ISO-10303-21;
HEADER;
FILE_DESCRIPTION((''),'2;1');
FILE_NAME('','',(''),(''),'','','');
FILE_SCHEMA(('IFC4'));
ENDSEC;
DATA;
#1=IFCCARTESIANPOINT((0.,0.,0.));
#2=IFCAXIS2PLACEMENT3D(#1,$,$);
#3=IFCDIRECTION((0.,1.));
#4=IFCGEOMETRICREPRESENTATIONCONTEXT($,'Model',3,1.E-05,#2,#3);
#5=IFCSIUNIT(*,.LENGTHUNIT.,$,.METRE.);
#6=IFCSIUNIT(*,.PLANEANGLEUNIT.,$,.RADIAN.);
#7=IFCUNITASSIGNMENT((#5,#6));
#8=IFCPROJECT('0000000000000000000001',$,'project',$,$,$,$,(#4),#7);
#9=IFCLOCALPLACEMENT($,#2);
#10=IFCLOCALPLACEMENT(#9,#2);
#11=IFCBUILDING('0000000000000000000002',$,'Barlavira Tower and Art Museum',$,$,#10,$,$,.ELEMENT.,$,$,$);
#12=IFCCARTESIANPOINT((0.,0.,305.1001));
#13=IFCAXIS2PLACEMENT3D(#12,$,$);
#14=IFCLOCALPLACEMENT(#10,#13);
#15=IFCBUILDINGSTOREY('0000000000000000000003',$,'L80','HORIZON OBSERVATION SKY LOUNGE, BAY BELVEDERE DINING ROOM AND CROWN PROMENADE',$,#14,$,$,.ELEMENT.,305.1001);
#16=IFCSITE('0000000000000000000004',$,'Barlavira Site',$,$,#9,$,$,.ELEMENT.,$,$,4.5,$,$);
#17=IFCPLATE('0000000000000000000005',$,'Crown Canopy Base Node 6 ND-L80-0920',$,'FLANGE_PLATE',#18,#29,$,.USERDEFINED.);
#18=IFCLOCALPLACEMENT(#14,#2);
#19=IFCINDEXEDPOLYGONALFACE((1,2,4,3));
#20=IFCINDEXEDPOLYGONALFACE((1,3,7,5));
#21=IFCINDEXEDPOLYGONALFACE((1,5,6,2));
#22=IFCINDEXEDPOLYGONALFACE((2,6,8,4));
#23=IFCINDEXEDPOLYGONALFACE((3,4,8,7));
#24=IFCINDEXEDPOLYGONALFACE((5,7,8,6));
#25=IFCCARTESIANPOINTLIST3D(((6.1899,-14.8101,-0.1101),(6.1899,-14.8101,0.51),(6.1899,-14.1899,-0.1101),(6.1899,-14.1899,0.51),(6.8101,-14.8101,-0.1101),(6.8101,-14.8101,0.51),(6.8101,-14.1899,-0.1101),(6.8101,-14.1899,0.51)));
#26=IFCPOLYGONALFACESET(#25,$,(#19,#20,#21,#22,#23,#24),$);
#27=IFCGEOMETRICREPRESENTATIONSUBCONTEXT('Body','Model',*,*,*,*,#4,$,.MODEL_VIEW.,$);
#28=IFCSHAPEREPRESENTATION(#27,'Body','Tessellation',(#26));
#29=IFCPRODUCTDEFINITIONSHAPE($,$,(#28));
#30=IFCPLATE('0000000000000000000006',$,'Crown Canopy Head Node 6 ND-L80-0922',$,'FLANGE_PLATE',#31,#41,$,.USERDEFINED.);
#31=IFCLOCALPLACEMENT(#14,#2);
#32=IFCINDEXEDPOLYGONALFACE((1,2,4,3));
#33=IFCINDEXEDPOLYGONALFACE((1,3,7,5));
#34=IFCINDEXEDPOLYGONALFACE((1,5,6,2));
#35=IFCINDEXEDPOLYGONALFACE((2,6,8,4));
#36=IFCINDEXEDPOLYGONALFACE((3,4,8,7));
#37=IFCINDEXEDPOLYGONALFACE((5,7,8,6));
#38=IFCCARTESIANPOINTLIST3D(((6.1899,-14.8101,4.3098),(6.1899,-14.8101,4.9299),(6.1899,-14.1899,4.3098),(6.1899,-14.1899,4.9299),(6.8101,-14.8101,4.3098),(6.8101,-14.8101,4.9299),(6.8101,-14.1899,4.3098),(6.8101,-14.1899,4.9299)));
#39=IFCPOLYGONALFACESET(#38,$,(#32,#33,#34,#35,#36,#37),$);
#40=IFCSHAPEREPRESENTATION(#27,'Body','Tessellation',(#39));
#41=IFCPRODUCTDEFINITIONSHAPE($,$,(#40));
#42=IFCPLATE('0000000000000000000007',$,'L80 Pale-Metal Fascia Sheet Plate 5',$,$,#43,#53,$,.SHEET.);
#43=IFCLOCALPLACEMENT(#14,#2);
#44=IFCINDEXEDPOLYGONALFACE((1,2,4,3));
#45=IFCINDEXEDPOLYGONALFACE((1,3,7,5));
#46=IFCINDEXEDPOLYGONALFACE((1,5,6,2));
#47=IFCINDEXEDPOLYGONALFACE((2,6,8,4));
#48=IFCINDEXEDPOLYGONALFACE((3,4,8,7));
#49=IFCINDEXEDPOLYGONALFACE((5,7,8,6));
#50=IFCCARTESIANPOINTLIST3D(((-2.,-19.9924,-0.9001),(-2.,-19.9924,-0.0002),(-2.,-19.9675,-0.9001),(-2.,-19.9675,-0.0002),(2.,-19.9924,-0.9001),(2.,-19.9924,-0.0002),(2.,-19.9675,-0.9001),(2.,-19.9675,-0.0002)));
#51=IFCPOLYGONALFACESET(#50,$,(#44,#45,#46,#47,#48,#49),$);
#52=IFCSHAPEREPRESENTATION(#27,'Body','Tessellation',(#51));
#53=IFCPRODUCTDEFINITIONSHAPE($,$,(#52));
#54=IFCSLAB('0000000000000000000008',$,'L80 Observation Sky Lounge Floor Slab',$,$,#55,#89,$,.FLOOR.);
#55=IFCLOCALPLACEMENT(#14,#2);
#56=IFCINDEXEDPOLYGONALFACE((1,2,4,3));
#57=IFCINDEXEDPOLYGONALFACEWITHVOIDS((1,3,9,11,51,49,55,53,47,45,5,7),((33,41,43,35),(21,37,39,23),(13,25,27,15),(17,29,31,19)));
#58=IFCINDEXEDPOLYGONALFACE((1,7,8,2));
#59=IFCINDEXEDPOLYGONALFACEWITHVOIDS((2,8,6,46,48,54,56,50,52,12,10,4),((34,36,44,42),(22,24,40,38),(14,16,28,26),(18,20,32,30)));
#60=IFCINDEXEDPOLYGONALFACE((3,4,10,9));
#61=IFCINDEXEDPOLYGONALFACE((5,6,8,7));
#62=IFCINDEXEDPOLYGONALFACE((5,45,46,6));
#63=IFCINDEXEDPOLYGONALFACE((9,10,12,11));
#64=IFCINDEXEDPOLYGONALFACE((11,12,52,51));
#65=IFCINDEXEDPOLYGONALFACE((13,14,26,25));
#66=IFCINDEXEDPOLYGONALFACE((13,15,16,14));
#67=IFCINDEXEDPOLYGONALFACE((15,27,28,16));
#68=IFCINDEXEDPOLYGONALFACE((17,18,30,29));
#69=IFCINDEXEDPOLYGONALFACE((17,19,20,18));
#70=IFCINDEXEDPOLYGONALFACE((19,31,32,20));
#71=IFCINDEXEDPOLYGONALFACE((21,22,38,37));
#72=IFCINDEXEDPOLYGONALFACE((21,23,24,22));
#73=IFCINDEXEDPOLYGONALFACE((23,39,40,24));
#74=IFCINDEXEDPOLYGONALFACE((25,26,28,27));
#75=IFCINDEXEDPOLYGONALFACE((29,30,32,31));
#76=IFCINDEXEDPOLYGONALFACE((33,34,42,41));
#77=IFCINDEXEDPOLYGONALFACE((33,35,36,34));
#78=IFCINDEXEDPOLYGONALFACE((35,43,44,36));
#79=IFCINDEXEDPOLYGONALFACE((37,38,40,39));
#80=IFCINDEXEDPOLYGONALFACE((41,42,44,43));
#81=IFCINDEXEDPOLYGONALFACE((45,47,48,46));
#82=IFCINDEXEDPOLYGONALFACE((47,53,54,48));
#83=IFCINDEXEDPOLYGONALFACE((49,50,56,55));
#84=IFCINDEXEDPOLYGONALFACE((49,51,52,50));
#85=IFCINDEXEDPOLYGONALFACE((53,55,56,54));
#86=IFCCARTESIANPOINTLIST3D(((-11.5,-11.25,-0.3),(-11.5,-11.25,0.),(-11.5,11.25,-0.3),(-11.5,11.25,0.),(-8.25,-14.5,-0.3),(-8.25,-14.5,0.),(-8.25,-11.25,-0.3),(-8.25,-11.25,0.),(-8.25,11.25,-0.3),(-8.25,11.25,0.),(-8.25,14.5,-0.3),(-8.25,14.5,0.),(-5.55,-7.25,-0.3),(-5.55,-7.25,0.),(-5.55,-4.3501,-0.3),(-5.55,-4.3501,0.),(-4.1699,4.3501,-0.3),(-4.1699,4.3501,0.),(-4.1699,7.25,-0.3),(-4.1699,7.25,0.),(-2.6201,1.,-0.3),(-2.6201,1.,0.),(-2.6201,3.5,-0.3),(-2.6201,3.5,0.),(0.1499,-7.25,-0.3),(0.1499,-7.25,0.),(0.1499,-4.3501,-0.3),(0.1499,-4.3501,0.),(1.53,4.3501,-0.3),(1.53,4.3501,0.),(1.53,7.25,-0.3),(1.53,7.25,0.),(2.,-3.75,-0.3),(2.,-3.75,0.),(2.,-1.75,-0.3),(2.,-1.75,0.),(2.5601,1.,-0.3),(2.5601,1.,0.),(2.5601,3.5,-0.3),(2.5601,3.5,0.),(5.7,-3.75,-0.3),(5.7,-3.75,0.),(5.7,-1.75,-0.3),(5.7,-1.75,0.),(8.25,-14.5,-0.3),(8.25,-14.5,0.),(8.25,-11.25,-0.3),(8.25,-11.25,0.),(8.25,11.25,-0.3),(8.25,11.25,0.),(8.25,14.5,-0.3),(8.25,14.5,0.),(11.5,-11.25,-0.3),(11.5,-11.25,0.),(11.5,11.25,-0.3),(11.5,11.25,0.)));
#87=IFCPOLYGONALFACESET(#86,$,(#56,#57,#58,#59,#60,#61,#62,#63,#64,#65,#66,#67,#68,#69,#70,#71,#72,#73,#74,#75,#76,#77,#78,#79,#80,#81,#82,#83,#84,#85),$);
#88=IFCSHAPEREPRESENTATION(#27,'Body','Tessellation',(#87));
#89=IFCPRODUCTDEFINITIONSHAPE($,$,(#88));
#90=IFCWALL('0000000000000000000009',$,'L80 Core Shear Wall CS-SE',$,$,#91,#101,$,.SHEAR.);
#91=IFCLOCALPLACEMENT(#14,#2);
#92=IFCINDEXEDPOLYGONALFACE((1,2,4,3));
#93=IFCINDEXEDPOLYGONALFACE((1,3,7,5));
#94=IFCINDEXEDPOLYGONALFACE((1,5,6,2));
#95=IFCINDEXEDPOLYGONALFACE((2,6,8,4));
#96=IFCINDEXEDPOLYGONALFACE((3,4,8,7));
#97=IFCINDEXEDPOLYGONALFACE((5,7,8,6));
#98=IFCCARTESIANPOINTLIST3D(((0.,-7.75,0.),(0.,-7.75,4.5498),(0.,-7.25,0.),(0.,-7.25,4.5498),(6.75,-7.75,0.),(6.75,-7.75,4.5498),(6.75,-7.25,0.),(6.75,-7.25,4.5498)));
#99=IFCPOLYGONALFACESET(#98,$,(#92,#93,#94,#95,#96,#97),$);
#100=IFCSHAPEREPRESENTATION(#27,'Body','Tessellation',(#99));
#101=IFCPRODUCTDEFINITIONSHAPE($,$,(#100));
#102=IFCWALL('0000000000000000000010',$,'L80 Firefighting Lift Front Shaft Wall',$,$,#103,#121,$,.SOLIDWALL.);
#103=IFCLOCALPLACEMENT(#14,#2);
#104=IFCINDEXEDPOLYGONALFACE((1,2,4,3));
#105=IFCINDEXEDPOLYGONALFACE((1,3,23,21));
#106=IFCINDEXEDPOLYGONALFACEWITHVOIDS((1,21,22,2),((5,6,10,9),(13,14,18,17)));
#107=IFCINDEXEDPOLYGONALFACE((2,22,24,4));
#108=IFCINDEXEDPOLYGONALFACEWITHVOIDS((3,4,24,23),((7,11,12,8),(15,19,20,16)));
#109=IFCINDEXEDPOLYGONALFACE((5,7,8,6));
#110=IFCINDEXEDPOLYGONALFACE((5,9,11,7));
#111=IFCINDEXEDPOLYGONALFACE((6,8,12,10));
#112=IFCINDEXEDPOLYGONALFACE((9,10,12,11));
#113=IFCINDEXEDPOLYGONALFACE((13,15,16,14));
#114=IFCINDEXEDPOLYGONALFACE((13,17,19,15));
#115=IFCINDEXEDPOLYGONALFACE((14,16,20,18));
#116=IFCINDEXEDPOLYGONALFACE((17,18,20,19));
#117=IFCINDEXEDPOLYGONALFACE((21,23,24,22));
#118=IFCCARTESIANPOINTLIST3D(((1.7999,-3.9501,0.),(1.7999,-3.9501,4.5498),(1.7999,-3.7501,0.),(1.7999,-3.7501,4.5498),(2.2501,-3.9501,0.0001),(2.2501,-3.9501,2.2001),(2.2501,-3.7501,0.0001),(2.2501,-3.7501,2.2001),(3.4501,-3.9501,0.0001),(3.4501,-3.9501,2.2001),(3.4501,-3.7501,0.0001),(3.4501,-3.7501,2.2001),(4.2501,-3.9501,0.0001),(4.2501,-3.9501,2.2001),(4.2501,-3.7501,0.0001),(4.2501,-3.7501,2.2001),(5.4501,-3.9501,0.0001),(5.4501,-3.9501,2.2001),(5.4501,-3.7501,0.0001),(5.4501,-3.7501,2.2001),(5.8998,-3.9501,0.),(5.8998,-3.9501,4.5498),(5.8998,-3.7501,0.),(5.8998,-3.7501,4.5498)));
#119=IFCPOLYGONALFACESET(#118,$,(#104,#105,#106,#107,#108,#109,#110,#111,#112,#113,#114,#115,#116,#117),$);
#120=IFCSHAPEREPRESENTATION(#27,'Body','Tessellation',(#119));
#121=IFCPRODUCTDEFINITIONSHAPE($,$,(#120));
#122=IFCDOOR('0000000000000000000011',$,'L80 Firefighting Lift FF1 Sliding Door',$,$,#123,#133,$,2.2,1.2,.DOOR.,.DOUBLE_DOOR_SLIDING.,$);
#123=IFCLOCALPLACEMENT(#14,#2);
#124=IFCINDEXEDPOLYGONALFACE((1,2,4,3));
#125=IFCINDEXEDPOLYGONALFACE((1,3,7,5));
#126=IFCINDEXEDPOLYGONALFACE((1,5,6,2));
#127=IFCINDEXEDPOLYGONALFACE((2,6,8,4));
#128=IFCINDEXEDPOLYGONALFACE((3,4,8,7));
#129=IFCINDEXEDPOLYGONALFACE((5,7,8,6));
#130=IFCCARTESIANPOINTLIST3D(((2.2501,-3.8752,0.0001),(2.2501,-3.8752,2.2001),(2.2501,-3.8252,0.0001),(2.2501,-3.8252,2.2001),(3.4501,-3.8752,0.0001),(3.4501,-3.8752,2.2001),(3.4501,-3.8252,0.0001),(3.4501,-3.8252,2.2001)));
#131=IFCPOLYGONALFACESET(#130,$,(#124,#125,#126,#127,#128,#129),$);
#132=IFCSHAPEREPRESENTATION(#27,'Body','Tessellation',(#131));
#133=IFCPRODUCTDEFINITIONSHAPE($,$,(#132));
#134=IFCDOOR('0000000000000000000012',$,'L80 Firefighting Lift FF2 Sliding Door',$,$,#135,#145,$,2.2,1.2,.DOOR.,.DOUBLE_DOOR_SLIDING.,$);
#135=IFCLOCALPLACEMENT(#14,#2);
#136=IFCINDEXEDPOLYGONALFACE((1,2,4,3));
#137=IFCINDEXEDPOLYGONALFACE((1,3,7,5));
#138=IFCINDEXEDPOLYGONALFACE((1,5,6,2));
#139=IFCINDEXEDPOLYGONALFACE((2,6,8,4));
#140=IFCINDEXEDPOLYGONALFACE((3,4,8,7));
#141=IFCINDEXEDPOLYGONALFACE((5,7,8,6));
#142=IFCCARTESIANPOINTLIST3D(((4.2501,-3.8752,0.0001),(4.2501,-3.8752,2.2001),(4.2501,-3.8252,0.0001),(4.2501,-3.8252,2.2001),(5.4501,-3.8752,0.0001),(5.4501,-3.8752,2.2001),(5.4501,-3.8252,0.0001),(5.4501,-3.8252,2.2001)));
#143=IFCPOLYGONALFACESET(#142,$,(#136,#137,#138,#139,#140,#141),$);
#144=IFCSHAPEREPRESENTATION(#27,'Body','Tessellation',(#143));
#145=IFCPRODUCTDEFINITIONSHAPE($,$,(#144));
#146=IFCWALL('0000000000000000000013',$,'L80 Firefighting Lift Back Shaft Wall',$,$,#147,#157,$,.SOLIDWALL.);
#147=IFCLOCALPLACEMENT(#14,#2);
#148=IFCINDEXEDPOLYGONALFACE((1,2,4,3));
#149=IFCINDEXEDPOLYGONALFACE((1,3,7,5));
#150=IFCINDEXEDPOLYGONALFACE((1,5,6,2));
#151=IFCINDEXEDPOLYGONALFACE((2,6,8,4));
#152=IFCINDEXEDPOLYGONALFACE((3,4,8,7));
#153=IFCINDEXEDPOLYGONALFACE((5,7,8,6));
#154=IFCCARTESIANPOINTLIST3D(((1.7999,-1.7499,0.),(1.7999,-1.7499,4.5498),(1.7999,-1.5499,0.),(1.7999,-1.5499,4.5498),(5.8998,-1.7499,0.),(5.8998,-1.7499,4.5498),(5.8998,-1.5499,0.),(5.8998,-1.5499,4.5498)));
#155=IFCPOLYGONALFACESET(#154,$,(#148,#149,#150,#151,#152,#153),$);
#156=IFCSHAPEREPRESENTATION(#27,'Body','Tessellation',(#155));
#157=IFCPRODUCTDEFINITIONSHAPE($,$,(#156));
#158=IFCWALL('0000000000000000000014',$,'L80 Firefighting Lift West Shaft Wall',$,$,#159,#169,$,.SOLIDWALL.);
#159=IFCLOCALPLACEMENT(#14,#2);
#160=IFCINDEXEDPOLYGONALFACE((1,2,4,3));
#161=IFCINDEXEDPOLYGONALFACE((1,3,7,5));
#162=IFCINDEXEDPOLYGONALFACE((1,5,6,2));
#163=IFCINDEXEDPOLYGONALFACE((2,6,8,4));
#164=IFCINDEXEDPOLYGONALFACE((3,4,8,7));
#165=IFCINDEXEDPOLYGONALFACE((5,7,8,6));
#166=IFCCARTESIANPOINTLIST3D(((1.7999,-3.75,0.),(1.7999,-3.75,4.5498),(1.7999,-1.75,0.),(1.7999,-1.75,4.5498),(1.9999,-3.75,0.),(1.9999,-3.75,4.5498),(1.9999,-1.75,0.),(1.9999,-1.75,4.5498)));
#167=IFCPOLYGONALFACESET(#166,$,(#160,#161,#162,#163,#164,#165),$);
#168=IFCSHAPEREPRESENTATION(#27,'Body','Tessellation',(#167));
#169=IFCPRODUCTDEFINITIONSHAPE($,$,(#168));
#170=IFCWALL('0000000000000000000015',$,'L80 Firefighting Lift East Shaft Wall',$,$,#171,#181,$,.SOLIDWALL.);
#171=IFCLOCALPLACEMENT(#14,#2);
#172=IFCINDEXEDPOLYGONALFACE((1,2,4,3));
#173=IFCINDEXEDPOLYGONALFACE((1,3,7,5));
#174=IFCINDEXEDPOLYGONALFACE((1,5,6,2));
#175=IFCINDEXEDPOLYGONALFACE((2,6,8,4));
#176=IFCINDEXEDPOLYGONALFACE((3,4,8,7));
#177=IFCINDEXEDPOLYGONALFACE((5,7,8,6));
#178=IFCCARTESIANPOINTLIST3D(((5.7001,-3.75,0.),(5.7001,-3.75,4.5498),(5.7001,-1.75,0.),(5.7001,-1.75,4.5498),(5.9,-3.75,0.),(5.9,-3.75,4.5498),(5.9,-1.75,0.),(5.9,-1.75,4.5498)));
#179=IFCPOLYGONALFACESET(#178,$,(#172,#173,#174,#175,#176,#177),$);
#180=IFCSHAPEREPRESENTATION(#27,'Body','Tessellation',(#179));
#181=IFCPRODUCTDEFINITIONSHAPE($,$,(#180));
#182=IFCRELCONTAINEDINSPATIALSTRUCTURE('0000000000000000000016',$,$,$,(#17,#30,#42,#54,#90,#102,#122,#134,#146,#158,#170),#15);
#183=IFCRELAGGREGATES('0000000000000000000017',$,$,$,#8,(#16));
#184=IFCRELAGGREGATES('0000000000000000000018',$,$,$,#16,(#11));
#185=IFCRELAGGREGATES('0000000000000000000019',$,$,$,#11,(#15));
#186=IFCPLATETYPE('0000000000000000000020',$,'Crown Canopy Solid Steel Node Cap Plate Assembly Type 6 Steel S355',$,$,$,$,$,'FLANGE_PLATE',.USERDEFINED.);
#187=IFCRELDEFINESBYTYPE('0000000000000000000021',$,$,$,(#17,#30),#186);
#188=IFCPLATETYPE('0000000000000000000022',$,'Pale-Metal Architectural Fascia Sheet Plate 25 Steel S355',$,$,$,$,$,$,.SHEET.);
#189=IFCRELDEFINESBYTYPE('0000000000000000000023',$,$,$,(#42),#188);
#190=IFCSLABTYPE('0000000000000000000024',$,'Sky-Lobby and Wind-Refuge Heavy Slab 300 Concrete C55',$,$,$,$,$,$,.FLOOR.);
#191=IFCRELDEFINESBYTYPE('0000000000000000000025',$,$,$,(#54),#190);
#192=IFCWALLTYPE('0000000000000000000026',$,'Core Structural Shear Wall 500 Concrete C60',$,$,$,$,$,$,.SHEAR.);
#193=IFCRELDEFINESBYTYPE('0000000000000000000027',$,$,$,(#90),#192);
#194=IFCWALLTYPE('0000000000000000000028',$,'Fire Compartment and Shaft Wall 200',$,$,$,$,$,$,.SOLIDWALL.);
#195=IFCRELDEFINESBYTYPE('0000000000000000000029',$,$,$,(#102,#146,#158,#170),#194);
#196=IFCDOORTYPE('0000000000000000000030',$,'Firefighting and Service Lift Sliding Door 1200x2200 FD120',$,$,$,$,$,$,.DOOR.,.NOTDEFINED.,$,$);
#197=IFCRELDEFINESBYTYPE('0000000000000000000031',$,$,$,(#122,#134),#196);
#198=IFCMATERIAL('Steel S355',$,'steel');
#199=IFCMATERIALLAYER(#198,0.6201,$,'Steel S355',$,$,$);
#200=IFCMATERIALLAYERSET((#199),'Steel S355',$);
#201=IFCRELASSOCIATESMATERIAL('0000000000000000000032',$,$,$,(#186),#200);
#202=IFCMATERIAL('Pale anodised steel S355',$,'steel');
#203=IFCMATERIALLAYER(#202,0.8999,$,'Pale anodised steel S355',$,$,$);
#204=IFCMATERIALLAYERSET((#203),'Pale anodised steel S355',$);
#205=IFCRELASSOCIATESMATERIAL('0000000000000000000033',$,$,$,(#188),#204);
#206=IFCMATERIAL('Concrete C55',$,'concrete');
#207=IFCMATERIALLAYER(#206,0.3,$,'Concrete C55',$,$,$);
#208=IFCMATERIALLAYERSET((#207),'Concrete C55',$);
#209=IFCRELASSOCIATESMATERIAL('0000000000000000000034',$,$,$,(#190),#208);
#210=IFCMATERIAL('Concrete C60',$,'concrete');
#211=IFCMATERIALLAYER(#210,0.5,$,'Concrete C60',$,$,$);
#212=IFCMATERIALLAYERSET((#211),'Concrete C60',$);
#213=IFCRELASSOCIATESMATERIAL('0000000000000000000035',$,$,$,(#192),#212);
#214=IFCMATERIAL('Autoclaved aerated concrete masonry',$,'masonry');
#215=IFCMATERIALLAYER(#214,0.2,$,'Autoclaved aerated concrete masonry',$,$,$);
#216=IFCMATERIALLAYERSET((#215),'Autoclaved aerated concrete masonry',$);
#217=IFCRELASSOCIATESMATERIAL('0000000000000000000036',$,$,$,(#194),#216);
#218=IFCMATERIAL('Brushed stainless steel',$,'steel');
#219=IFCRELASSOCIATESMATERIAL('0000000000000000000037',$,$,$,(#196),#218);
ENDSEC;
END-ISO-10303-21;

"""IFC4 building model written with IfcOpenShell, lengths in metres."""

from ifc_helpers import new_model, si_unit, direction, frame, frame_2d, origin, origin_2d, place, context, subcontext, project, spatial, polyline, rectangle, outline, extrude, material, layer, layer_set, type_object, element, fill, save


model = new_model("IFC4")

# Units and contexts
model_context = context("Model", 3, precision=1e-05, world=origin(), true_north=direction((0.0, 1.0)))
body_context = subcontext(model_context, "Body", "Model", "MODEL_VIEW")
ifc_project = project(units=[si_unit("LENGTHUNIT", "METRE"), si_unit("PLANEANGLEUNIT", "RADIAN")], contexts=[model_context])

# Site, building, storey
site_placement = place(None, origin())
site = spatial("IfcSite", under=ifc_project, at=site_placement, Name="Barlavira Site", CompositionType="ELEMENT", RefElevation=4.5)
building_placement = place(site_placement, origin())
building = spatial("IfcBuilding", under=site, at=building_placement, Name="Barlavira Tower and Art Museum", CompositionType="ELEMENT")
storey_placement = place(building_placement, frame((0.0, 0.0, 305.1001)))
storey = spatial("IfcBuildingStorey", under=building, at=storey_placement, Name="L80", Description="HORIZON OBSERVATION SKY LOUNGE, BAY BELVEDERE DINING ROOM AND CROWN PROMENADE", CompositionType="ELEMENT", Elevation=305.1001)

# Shared definitions
ifc_material_1 = material(Name="Steel S355", Category="steel")

# Plates
ifc_layer_1 = layer(ifc_material_1, 0.6201, Name="Steel S355")
ifc_layer_set_1 = layer_set([ifc_layer_1], Name="Steel S355")
plate_type_1 = type_object("IfcPlateType", Name="Crown Canopy Solid Steel Node Cap Plate Assembly Type 6 Steel S355", ElementType="FLANGE_PLATE", PredefinedType="USERDEFINED", material=ifc_layer_set_1)
for number, where, z_axis, x_axis, name in (
    (1, (6.5, -14.5, -0.1101), (0.0, 0.0, 1.0), (1.0, 0.0, 0.0), "Crown Canopy Base Node 6 ND-L80-0920"),
    (2, (6.5, -14.5, 4.3098), (0.0, 0.0, 1.0), (1.0, 0.0, 0.0), "Crown Canopy Head Node 6 ND-L80-0922"),
):
    element("IfcPlate", number, at=place(storey_placement, frame(where, z_axis=z_axis, x_axis=x_axis)), inside=storey, type_object=plate_type_1, Name=name, ObjectType="FLANGE_PLATE", PredefinedType="USERDEFINED", context=body_context, shape_type="SweptSolid", body=[
        extrude(rectangle(XDim=0.6201, YDim=0.6201, at=origin_2d()), origin(), (0.0, 0.0, 1.0), 0.6201),
    ])
ifc_material_2 = material(Name="Pale anodised steel S355", Category="steel")
ifc_layer_2 = layer(ifc_material_2, 0.8999, Name="Pale anodised steel S355")
ifc_layer_set_2 = layer_set([ifc_layer_2], Name="Pale anodised steel S355")
plate_type_2 = type_object("IfcPlateType", Name="Pale-Metal Architectural Fascia Sheet Plate 25 Steel S355", PredefinedType="SHEET", material=ifc_layer_set_2)
plate_placement = place(storey_placement, frame((0.0, -19.98, -0.9001), z_axis=(0.0, 0.0, 1.0), x_axis=(1.0, 0.0, 0.0)))
element("IfcPlate", 3, at=plate_placement, inside=storey, type_object=plate_type_2, Name="L80 Pale-Metal Fascia Sheet Plate 5", PredefinedType="SHEET", context=body_context, shape_type="SweptSolid", body=[
    extrude(rectangle(XDim=4.0, YDim=0.0249, at=origin_2d()), origin(), (0.0, 0.0, 1.0), 0.8999),
])

# Slab
ifc_material_3 = material(Name="Concrete C55", Category="concrete")
ifc_layer_3 = layer(ifc_material_3, 0.3, Name="Concrete C55")
ifc_layer_set_3 = layer_set([ifc_layer_3], Name="Concrete C55")
slab_type = type_object("IfcSlabType", Name="Sky-Lobby and Wind-Refuge Heavy Slab 300 Concrete C55", PredefinedType="FLOOR", material=ifc_layer_set_3)
slab_placement = place(storey_placement, frame((0.0, 0.0, -0.3)))
element("IfcSlab", 4, at=slab_placement, inside=storey, type_object=slab_type, Name="L80 Observation Sky Lounge Floor Slab", PredefinedType="FLOOR", context=body_context, shape_type="SweptSolid", body=[
    extrude(outline(polyline([(-8.25, -14.5), (8.25, -14.5), (8.25, -11.25), (11.5, -11.25), (11.5, 11.25), (8.25, 11.25), (8.25, 14.5), (-8.25, 14.5), (-8.25, 11.25), (-11.5, 11.25), (-11.5, -11.25), (-8.25, -11.25), (-8.25, -14.5)]), holes=[polyline([(0.1499, -4.3501), (-5.55, -4.3501), (-5.55, -7.25), (0.1499, -7.25), (0.1499, -4.3501)]), polyline([(-4.1699, 4.3501), (1.53, 4.3501), (1.53, 7.25), (-4.1699, 7.25), (-4.1699, 4.3501)]), polyline([(-2.6201, 1.0), (2.5601, 1.0), (2.5601, 3.5), (-2.6201, 3.5), (-2.6201, 1.0)]), polyline([(2.0, -3.75), (5.7, -3.75), (5.7, -1.75), (2.0, -1.75), (2.0, -3.75)])]), origin(), (0.0, 0.0, 1.0), 0.3),
])

# Wall
ifc_material_4 = material(Name="Concrete C60", Category="concrete")
ifc_layer_4 = layer(ifc_material_4, 0.5, Name="Concrete C60")
ifc_layer_set_4 = layer_set([ifc_layer_4], Name="Concrete C60")
wall_type_1 = type_object("IfcWallType", Name="Core Structural Shear Wall 500 Concrete C60", PredefinedType="SHEAR", material=ifc_layer_set_4)
wall_1_placement = place(storey_placement, frame((0.0, -7.5, 0.0), z_axis=(0.0, 0.0, 1.0), x_axis=(1.0, 0.0, 0.0)))
element("IfcWall", 5, at=wall_1_placement, inside=storey, type_object=wall_type_1, Name="L80 Core Shear Wall CS-SE", PredefinedType="SHEAR", context=body_context, shape_type="SweptSolid", body=[
    extrude(rectangle(XDim=6.75, YDim=0.5, at=frame_2d((3.375, 0.0))), origin(), (0.0, 0.0, 1.0), 4.5498),
])

# Shared definitions
ifc_material_5 = material(Name="Brushed stainless steel", Category="steel")

# Wall, openings, doors
ifc_material_6 = material(Name="Autoclaved aerated concrete masonry", Category="masonry")
ifc_layer_5 = layer(ifc_material_6, 0.2, Name="Autoclaved aerated concrete masonry")
ifc_layer_set_5 = layer_set([ifc_layer_5], Name="Autoclaved aerated concrete masonry")
wall_type_2 = type_object("IfcWallType", Name="Fire Compartment and Shaft Wall 200", PredefinedType="SOLIDWALL", material=ifc_layer_set_5)
wall_2_placement = place(storey_placement, frame((1.8, -3.8501, 0.0), z_axis=(0.0, 0.0, 1.0), x_axis=(1.0, 0.0, 0.0)))
wall_2 = element("IfcWall", 6, at=wall_2_placement, inside=storey, type_object=wall_type_2, Name="L80 Firefighting Lift Front Shaft Wall", PredefinedType="SOLIDWALL", context=body_context, shape_type="SweptSolid", body=[
    extrude(rectangle(XDim=4.0999, YDim=0.2, at=frame_2d((2.0498, 0.0))), origin(), (0.0, 0.0, 1.0), 4.5498),
])
opening_1_placement = place(wall_2_placement, frame((0.45, 0.0, 0.0)))
opening_1 = element("IfcOpeningElement", 7, at=opening_1_placement, cuts=wall_2, PredefinedType="OPENING", context=body_context, shape_type="SweptSolid", body=[
    extrude(rectangle(XDim=1.2, YDim=2.2, at=frame_2d((0.6001, 1.1001))), frame((0.0, 0.1099, 0.0), z_axis=(0.0, -1.0, 0.0), x_axis=(1.0, 0.0, 0.0)), (0.0, 0.0, 1.0), 0.22),
])
opening_2_placement = place(wall_2_placement, frame((2.45, 0.0, 0.0)))
opening_2 = element("IfcOpeningElement", 8, at=opening_2_placement, cuts=wall_2, PredefinedType="OPENING", context=body_context, shape_type="SweptSolid", body=[
    extrude(rectangle(XDim=1.2, YDim=2.2, at=frame_2d((0.6001, 1.1001))), frame((0.0, 0.1099, 0.0), z_axis=(0.0, -1.0, 0.0), x_axis=(1.0, 0.0, 0.0)), (0.0, 0.0, 1.0), 0.22),
])
door_type_1 = type_object("IfcDoorType", Name="Firefighting and Service Lift Sliding Door 1200x2200 FD120", OperationType="NOTDEFINED", PredefinedType="DOOR", material=ifc_material_5)
door_1_placement = place(opening_1_placement, origin())
door_1 = element("IfcDoor", 9, at=door_1_placement, inside=storey, type_object=door_type_1, Name="L80 Firefighting Lift FF1 Sliding Door", OperationType="DOUBLE_DOOR_SLIDING", OverallHeight=2.2, OverallWidth=1.2, PredefinedType="DOOR", context=body_context, shape_type="SweptSolid", body=[
    extrude(rectangle(XDim=1.2, YDim=2.2, at=frame_2d((0.6001, 1.1001))), frame((0.0, 0.0249, 0.0), z_axis=(0.0, -1.0, 0.0), x_axis=(1.0, 0.0, 0.0)), (0.0, 0.0, 1.0), 0.05),
])
fill(opening_1, door_1)
door_2_placement = place(opening_2_placement, origin())
door_2 = element("IfcDoor", 10, at=door_2_placement, inside=storey, type_object=door_type_1, Name="L80 Firefighting Lift FF2 Sliding Door", OperationType="DOUBLE_DOOR_SLIDING", OverallHeight=2.2, OverallWidth=1.2, PredefinedType="DOOR", context=body_context, shape_type="SweptSolid", body=[
    extrude(rectangle(XDim=1.2, YDim=2.2, at=frame_2d((0.6001, 1.1001))), frame((0.0, 0.0249, 0.0), z_axis=(0.0, -1.0, 0.0), x_axis=(1.0, 0.0, 0.0)), (0.0, 0.0, 1.0), 0.05),
])
fill(opening_2, door_2)

# Walls
wall_3_placement = place(storey_placement, frame((1.8, -1.6499, 0.0), z_axis=(0.0, 0.0, 1.0), x_axis=(1.0, 0.0, 0.0)))
element("IfcWall", 11, at=wall_3_placement, inside=storey, type_object=wall_type_2, Name="L80 Firefighting Lift Back Shaft Wall", PredefinedType="SOLIDWALL", context=body_context, shape_type="SweptSolid", body=[
    extrude(rectangle(XDim=4.0999, YDim=0.2, at=frame_2d((2.0498, 0.0))), origin(), (0.0, 0.0, 1.0), 4.5498),
])
for number, where, z_axis, x_axis, name in (
    (12, (1.8999, -3.75, 0.0), (0.0, 0.0, 1.0), (0.0, 1.0, 0.0), "L80 Firefighting Lift West Shaft Wall"),
    (13, (5.8, -3.75, 0.0), (0.0, 0.0, 1.0), (0.0, 1.0, 0.0), "L80 Firefighting Lift East Shaft Wall"),
):
    element("IfcWall", number, at=place(storey_placement, frame(where, z_axis=z_axis, x_axis=x_axis)), inside=storey, type_object=wall_type_2, Name=name, PredefinedType="SOLIDWALL", context=body_context, shape_type="SweptSolid", body=[
        extrude(rectangle(XDim=2.0, YDim=0.2, at=frame_2d((1.0, 0.0))), origin(), (0.0, 0.0, 1.0), 4.5498),
    ])

save(model, "model.ifc")
